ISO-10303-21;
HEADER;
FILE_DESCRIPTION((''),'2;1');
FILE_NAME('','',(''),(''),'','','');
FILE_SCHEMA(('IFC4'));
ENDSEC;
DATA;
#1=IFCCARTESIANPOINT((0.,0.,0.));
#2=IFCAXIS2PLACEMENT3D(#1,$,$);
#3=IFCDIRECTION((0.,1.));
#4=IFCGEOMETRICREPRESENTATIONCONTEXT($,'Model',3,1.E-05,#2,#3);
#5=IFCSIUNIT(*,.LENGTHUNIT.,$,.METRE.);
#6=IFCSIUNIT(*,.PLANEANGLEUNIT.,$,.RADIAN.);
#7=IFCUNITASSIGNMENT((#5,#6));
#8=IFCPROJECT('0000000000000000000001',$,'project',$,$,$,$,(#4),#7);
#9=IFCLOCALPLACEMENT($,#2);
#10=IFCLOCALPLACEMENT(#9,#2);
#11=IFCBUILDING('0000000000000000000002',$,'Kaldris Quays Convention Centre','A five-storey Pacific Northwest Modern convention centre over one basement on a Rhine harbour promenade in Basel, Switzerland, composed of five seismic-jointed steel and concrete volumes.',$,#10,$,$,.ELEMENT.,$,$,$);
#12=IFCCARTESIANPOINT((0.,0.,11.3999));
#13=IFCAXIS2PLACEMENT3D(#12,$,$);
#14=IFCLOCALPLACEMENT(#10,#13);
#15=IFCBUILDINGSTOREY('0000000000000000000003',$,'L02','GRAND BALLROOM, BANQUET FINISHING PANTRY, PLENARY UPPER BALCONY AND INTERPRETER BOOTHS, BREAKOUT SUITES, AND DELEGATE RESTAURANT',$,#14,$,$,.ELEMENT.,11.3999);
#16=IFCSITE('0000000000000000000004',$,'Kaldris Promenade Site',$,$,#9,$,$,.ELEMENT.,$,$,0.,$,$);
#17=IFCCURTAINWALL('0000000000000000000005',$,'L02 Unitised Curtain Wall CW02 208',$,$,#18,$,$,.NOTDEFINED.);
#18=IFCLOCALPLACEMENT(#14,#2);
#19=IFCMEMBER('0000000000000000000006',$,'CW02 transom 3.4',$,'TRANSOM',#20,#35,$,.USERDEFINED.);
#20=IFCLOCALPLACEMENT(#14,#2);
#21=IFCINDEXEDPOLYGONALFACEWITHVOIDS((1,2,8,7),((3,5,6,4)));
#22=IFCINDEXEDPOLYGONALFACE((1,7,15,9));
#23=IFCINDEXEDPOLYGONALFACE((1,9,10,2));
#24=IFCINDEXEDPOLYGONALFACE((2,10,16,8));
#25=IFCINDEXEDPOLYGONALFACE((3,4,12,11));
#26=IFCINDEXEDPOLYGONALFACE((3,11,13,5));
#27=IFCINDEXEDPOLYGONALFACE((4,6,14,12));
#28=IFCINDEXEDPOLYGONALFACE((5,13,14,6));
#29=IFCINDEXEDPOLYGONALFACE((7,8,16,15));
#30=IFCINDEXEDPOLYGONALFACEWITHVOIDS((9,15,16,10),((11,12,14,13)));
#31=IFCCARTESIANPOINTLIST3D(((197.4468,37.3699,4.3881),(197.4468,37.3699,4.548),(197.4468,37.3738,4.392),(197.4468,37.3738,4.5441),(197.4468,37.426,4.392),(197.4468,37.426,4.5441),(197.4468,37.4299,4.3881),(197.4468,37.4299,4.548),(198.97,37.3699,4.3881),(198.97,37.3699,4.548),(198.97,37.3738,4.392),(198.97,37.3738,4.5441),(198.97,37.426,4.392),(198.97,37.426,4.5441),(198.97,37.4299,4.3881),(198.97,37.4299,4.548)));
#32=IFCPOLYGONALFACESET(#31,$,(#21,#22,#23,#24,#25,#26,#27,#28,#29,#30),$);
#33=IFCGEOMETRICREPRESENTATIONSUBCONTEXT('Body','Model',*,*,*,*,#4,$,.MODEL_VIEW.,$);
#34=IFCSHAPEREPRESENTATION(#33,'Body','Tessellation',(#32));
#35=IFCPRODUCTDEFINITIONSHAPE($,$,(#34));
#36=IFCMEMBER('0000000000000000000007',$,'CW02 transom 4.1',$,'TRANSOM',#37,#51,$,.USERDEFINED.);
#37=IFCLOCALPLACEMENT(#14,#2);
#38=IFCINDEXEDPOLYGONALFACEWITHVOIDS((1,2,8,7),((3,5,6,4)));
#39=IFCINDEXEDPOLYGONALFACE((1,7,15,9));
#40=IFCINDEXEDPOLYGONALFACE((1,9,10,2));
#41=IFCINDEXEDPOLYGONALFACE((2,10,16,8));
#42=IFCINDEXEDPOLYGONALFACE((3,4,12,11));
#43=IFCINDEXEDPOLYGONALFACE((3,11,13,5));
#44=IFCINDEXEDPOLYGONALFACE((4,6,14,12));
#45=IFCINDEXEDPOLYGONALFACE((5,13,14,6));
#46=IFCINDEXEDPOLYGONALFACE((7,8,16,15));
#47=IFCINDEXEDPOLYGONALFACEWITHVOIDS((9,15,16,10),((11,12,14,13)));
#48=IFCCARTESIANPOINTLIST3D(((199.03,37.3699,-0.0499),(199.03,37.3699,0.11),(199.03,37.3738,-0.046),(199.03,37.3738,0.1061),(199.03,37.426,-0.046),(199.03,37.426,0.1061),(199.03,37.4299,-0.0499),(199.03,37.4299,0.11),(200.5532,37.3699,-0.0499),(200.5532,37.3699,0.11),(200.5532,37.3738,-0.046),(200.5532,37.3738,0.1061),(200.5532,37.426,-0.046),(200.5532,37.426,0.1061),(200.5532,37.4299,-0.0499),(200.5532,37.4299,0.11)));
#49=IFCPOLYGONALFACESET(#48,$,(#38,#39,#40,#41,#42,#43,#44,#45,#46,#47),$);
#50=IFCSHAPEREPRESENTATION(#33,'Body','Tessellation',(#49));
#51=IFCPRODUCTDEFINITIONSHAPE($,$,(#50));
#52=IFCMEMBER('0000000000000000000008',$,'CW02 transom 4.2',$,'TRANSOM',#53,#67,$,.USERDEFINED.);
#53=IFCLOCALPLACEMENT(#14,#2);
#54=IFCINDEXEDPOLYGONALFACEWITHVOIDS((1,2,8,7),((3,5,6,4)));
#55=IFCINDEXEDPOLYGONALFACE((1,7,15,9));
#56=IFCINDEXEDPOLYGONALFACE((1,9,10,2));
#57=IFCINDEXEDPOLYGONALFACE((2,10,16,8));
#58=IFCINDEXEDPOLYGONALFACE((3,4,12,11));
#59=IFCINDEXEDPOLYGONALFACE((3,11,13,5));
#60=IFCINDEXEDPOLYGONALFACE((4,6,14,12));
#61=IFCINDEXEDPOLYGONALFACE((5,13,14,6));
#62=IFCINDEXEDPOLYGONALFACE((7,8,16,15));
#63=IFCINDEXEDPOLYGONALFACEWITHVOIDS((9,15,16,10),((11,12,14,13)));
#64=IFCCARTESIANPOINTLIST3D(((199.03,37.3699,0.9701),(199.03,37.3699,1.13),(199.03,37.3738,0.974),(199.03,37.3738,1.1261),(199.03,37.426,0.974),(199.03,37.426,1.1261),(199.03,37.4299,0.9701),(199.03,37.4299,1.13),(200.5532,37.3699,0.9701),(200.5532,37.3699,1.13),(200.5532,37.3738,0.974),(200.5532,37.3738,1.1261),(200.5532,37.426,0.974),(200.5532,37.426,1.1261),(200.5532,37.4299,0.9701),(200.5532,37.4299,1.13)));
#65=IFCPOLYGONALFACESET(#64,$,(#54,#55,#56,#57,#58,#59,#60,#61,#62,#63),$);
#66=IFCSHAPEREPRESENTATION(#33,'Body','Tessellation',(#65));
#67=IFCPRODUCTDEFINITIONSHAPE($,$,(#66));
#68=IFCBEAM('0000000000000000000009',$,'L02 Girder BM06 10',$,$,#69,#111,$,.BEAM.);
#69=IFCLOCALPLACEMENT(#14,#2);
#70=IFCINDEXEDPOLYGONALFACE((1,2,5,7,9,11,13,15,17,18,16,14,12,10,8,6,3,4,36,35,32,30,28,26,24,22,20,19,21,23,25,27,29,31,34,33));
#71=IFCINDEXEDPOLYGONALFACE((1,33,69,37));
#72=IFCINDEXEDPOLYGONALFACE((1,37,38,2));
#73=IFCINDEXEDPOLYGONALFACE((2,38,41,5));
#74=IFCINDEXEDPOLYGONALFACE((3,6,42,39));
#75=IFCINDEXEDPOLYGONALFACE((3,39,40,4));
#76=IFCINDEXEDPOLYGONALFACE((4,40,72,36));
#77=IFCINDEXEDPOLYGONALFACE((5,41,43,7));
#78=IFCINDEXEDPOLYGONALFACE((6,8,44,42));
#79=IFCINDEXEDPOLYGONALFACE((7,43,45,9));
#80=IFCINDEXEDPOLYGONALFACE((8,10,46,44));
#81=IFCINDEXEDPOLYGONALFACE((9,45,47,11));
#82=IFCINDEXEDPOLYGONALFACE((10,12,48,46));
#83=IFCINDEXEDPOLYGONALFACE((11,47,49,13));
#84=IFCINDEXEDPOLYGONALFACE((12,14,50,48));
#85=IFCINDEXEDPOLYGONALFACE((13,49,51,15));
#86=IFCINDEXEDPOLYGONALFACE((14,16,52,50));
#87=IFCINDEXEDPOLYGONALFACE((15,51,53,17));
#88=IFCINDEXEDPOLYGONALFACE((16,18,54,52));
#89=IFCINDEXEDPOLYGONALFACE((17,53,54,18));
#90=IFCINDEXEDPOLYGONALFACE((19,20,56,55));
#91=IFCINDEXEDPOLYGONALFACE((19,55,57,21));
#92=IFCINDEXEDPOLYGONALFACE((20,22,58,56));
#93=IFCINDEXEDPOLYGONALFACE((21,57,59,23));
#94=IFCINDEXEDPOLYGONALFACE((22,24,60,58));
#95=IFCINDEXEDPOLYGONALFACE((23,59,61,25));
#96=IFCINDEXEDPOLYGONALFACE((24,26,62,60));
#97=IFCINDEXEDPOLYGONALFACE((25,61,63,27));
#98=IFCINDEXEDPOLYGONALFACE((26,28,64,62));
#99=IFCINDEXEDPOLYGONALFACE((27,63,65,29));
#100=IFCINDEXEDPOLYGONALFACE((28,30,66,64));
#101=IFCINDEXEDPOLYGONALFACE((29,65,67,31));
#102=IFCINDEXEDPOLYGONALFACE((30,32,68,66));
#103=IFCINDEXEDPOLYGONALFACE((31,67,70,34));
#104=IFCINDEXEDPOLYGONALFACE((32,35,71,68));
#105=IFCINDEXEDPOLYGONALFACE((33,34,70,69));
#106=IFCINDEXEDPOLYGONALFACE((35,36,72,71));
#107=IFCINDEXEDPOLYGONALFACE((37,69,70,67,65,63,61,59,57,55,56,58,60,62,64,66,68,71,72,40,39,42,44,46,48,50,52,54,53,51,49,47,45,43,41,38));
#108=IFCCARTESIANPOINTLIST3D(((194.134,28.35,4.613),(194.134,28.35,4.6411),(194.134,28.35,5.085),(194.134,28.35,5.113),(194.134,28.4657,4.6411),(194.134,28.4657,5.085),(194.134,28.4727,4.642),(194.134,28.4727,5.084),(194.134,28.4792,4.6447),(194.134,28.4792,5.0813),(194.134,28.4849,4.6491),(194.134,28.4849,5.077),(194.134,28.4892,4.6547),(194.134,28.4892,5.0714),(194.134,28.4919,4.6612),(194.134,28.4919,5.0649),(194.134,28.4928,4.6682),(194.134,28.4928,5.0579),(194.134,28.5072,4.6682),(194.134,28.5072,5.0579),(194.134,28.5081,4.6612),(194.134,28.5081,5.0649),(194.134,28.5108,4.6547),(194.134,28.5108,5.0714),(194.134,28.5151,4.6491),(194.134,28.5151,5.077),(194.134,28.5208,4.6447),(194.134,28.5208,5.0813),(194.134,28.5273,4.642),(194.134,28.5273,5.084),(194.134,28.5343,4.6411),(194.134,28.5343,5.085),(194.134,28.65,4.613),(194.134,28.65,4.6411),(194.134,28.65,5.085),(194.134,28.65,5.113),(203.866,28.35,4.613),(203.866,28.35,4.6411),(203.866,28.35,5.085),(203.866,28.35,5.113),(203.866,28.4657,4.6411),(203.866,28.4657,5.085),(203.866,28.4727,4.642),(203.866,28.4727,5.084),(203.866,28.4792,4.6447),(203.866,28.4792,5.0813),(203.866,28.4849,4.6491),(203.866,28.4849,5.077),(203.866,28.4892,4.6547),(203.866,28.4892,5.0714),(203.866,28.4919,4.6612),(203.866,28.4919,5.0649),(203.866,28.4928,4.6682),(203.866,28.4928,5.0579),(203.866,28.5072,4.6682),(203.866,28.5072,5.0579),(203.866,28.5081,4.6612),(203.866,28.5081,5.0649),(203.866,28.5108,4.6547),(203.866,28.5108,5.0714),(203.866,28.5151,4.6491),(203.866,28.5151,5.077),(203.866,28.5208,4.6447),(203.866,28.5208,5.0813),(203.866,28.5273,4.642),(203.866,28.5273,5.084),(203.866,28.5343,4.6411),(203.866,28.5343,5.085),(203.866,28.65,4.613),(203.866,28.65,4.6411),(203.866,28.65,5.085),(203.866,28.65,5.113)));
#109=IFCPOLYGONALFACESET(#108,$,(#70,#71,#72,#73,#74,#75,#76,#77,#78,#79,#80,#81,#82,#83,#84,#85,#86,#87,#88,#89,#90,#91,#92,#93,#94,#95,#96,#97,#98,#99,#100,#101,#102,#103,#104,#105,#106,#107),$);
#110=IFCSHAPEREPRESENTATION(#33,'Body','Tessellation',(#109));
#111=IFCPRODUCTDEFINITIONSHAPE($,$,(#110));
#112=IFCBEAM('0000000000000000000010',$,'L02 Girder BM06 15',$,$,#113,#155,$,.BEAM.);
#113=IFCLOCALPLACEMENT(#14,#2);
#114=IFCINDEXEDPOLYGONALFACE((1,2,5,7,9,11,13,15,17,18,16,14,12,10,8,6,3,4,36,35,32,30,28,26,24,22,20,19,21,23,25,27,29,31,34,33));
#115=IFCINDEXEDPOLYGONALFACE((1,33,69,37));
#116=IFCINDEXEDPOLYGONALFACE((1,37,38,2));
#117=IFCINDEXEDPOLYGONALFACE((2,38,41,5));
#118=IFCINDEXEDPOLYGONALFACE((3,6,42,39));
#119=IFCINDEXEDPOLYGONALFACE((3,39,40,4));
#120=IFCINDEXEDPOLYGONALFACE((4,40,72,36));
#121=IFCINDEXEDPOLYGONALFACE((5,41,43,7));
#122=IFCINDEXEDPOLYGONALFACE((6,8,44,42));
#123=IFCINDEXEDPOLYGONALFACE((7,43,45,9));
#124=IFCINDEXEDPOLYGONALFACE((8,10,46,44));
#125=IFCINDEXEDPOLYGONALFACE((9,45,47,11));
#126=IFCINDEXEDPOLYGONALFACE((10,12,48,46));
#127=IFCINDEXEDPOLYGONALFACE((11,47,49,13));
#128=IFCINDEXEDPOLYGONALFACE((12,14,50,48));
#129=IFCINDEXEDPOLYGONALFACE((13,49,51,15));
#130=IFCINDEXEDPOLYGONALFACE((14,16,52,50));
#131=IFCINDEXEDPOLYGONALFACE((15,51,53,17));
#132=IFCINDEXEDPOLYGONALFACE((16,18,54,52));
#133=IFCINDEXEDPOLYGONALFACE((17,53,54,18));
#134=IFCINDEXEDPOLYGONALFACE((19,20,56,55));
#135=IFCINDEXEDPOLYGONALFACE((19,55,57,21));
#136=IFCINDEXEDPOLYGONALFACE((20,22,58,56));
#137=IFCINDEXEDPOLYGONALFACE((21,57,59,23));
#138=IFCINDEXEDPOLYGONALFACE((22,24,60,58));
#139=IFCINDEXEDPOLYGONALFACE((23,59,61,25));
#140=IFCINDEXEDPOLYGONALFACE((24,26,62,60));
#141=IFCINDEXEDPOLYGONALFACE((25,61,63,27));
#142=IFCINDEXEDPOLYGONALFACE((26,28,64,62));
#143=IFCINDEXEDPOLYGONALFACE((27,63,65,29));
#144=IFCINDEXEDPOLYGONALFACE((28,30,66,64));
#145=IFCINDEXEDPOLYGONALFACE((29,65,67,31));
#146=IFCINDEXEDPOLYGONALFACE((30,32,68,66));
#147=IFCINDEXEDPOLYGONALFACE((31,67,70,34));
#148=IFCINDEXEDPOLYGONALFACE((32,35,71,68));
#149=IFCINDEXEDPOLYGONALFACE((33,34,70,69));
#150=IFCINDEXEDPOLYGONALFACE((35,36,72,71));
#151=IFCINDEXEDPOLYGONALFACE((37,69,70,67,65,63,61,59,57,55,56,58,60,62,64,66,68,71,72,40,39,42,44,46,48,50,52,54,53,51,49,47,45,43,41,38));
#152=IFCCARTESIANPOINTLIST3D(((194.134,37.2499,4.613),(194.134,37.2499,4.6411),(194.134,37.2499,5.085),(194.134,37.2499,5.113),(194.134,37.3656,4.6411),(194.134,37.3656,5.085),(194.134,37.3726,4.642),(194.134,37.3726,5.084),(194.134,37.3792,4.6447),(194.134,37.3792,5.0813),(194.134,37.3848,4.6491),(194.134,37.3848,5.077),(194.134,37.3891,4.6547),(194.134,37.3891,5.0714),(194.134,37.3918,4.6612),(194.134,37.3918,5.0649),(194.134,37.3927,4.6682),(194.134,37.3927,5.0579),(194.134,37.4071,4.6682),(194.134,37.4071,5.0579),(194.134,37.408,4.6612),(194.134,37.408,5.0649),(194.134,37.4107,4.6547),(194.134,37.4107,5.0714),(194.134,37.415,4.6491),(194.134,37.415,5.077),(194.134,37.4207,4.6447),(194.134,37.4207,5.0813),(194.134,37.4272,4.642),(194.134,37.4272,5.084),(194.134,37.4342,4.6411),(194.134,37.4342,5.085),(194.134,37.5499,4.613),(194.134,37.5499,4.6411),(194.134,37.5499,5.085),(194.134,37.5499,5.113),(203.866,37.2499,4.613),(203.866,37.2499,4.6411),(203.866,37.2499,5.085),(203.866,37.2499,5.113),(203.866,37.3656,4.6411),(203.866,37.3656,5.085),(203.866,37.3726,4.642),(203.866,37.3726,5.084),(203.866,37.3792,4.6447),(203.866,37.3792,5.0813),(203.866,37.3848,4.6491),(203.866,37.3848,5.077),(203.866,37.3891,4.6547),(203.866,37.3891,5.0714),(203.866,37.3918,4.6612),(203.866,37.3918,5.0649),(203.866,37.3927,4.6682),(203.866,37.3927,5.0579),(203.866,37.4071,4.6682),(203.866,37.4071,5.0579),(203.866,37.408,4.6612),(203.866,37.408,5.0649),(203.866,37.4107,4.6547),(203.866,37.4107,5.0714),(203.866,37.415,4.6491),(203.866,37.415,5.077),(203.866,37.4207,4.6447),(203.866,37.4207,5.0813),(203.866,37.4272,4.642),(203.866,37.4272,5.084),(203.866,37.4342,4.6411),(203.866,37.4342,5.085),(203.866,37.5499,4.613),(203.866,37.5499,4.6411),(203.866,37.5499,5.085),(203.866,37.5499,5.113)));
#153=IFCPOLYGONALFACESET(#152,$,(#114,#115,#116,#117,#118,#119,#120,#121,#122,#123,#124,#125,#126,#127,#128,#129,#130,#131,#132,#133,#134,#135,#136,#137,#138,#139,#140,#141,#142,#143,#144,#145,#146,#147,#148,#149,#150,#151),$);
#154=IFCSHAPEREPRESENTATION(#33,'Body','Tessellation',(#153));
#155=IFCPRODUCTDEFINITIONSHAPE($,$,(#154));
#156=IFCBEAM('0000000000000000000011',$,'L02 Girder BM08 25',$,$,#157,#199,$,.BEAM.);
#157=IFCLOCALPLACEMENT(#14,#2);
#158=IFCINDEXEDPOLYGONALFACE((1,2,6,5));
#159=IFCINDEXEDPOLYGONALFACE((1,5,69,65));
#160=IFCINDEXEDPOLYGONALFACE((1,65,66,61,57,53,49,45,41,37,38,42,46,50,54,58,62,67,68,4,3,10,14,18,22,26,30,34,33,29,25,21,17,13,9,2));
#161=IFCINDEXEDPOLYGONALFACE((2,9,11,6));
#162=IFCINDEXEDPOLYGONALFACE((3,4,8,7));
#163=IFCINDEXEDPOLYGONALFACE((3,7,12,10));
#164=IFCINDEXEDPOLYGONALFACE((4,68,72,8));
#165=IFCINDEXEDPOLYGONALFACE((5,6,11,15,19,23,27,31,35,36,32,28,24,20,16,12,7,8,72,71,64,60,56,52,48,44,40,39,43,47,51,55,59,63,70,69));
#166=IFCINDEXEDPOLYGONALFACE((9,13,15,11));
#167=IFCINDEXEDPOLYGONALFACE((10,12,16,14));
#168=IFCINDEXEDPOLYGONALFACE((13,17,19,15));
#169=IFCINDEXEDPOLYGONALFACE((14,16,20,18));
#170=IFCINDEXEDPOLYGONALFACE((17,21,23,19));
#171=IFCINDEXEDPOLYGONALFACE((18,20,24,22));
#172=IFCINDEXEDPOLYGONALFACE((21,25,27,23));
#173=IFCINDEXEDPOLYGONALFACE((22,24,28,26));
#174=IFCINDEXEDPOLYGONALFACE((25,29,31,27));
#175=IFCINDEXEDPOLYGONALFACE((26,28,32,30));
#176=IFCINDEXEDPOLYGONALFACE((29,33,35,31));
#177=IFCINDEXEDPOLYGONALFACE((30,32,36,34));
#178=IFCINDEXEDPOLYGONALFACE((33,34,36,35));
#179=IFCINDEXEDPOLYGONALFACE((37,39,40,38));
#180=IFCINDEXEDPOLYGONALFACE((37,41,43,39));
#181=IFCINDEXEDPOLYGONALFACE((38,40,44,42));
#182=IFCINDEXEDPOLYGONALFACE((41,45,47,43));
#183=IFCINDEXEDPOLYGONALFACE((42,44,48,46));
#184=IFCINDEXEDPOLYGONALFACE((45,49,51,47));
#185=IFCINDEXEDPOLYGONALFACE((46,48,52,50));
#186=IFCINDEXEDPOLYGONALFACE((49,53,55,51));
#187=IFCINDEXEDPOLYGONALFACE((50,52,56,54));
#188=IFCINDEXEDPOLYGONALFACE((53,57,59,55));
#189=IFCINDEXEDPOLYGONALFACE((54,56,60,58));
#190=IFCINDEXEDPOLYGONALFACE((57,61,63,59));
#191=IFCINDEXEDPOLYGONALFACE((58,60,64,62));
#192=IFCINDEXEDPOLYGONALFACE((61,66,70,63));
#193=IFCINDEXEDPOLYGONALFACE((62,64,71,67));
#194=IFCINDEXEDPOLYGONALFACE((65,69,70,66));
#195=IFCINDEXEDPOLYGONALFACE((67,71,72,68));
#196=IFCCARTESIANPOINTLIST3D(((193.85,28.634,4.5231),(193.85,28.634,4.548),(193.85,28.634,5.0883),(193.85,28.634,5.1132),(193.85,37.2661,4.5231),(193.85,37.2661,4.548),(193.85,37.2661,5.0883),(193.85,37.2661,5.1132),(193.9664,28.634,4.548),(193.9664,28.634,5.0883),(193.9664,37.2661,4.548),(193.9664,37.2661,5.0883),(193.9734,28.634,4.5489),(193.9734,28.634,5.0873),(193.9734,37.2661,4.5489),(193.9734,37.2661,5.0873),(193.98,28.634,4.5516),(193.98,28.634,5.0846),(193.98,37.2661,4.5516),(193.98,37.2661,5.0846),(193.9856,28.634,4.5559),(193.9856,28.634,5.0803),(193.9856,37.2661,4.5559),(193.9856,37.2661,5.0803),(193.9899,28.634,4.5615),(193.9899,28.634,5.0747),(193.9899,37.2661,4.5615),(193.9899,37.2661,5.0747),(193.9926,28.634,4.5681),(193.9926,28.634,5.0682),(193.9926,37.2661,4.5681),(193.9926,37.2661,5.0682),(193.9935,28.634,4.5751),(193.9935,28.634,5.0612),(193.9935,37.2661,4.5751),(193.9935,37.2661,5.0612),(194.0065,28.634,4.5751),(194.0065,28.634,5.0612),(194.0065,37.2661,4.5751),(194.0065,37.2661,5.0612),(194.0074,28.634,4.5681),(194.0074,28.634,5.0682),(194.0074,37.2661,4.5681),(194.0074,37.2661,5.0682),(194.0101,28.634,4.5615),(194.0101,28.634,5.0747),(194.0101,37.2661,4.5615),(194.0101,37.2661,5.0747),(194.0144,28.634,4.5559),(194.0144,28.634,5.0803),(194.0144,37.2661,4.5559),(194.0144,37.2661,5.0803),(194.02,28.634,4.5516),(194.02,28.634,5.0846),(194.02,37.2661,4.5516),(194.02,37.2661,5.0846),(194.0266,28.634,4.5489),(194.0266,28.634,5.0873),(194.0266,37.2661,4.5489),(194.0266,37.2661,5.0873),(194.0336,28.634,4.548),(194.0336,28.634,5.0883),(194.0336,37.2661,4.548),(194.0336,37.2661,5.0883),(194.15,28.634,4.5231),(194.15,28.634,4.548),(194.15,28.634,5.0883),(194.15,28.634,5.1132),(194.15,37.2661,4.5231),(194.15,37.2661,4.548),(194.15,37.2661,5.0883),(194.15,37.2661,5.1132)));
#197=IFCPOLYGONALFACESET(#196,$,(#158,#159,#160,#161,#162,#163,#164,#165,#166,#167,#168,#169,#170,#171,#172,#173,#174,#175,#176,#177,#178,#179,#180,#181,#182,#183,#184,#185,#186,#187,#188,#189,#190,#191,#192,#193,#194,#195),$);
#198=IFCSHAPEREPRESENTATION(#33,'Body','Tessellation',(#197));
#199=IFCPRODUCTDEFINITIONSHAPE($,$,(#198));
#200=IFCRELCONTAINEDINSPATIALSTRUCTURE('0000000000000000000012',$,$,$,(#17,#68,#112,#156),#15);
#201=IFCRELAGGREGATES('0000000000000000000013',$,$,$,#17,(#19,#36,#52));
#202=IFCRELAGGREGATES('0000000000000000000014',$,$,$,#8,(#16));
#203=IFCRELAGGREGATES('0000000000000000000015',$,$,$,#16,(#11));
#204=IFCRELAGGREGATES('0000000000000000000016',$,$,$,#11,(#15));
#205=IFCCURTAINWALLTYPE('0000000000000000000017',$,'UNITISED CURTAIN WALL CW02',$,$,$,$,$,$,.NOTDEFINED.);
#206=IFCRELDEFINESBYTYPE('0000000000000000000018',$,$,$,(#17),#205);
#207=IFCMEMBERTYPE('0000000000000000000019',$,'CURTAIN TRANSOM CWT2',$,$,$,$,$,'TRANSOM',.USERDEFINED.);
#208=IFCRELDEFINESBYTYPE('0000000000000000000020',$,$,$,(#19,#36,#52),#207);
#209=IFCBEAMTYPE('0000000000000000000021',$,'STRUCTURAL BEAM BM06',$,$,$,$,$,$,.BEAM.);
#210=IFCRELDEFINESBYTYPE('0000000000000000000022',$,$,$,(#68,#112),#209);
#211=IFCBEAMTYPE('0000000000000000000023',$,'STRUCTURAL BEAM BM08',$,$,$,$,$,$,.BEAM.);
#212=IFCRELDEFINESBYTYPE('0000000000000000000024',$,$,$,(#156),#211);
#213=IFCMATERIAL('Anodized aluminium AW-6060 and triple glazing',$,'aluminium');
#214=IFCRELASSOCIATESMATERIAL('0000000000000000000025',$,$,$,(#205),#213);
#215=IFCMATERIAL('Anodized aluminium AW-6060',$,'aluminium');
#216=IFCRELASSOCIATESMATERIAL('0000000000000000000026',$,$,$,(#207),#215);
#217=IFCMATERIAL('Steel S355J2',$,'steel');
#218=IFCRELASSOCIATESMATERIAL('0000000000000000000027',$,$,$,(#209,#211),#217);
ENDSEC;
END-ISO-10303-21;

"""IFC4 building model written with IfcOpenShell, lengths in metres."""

from ifc_helpers import new_model, si_unit, direction, frame, origin, origin_2d, place, context, subcontext, project, spatial, hollow_rectangle, i_section, extrude, material, material_profile, profile_set, type_object, element, aggregate, save


model = new_model("IFC4")

# Units and contexts
model_context = context("Model", 3, precision=1e-05, world=origin(), true_north=direction((0.0, 1.0)))
body_context = subcontext(model_context, "Body", "Model", "MODEL_VIEW")
ifc_project = project(units=[si_unit("LENGTHUNIT", "METRE"), si_unit("PLANEANGLEUNIT", "RADIAN")], contexts=[model_context])

# Site, building, storey
site_placement = place(None, origin())
site = spatial("IfcSite", under=ifc_project, at=site_placement, Name="Kaldris Promenade Site", CompositionType="ELEMENT", RefElevation=0.0)
building_placement = place(site_placement, origin())
building = spatial("IfcBuilding", under=site, at=building_placement, Name="Kaldris Quays Convention Centre", Description="A five-storey Pacific Northwest Modern convention centre over one basement on a Rhine harbour promenade in Basel, Switzerland, composed of five seismic-jointed steel and concrete volumes.", CompositionType="ELEMENT")
storey_placement = place(building_placement, frame((0.0, 0.0, 11.3999)))
storey = spatial("IfcBuildingStorey", under=building, at=storey_placement, Name="L02", Description="GRAND BALLROOM, BANQUET FINISHING PANTRY, PLENARY UPPER BALCONY AND INTERPRETER BOOTHS, BREAKOUT SUITES, AND DELEGATE RESTAURANT", CompositionType="ELEMENT", Elevation=11.3999)

# Shared definitions
ifc_material_1 = material(Name="Steel S355J2", Category="steel")

# Shared definitions
ifc_material_2 = material(Name="Anodized aluminium AW-6060 and triple glazing", Category="aluminium")
curtain_wall_type = type_object("IfcCurtainWallType", Name="UNITISED CURTAIN WALL CW02", PredefinedType="NOTDEFINED", material=ifc_material_2)
ifc_material_3 = material(Name="Anodized aluminium AW-6060", Category="aluminium")

# Curtain wall, members
curtain_wall_1_placement = place(storey_placement, origin())
curtain_wall_1 = element("IfcCurtainWall", 1, at=curtain_wall_1_placement, inside=storey, type_object=curtain_wall_type, Name="L02 Unitised Curtain Wall CW02 208", PredefinedType="NOTDEFINED")
ifc_material_profile_1 = material_profile(ifc_material_3, hollow_rectangle(XDim=0.0601, YDim=0.1599, WallThickness=0.0039, at=origin_2d()), Name="RHS 160x60x4")
ifc_profile_set_1 = profile_set([ifc_material_profile_1], Name="Anodized aluminium AW-6060")
member_type_1 = type_object("IfcMemberType", Name="CURTAIN TRANSOM CWT2", ElementType="TRANSOM", PredefinedType="USERDEFINED", material=ifc_profile_set_1)
member_1_placement = place(storey_placement, frame((197.4468, 37.3999, 4.468), z_axis=(1.0, 0.0, 0.0), x_axis=(0.0, 1.0, 0.0)))
member_1 = element("IfcMember", 2, at=member_1_placement, type_object=member_type_1, Name="CW02 transom 3.4", ObjectType="TRANSOM", PredefinedType="USERDEFINED", context=body_context, shape_type="SweptSolid", body=[
    extrude(hollow_rectangle(XDim=0.0601, YDim=0.1599, WallThickness=0.0039, at=origin_2d()), origin(), (0.0, 0.0, 1.0), 1.5232),
])
member_2_placement = place(storey_placement, frame((199.03, 37.3999, 0.03), z_axis=(1.0, 0.0, 0.0), x_axis=(0.0, 1.0, 0.0)))
member_2 = element("IfcMember", 3, at=member_2_placement, type_object=member_type_1, Name="CW02 transom 4.1", ObjectType="TRANSOM", PredefinedType="USERDEFINED", context=body_context, shape_type="SweptSolid", body=[
    extrude(hollow_rectangle(XDim=0.0601, YDim=0.1599, WallThickness=0.0039, at=origin_2d()), origin(), (0.0, 0.0, 1.0), 1.5232),
])
member_3_placement = place(storey_placement, frame((199.03, 37.3999, 1.05), z_axis=(1.0, 0.0, 0.0), x_axis=(0.0, 1.0, 0.0)))
member_3 = element("IfcMember", 4, at=member_3_placement, type_object=member_type_1, Name="CW02 transom 4.2", ObjectType="TRANSOM", PredefinedType="USERDEFINED", context=body_context, shape_type="SweptSolid", body=[
    extrude(hollow_rectangle(XDim=0.0601, YDim=0.1599, WallThickness=0.0039, at=origin_2d()), origin(), (0.0, 0.0, 1.0), 1.5232),
])

# Beams
ifc_material_profile_2 = material_profile(ifc_material_1, i_section(OverallWidth=0.3, OverallDepth=0.5, WebThickness=0.0144, FlangeThickness=0.0281, FilletRadius=0.0271, at=origin_2d()), Name="HEB 500")
ifc_profile_set_2 = profile_set([ifc_material_profile_2], Name="Steel S355J2")
beam_type_1 = type_object("IfcBeamType", Name="STRUCTURAL BEAM BM06", PredefinedType="BEAM", material=ifc_profile_set_2)
for number, where, z_axis, x_axis, name in (
    (5, (194.134, 28.5, 4.863), (1.0, 0.0, 0.0), (0.0, 1.0, 0.0), "L02 Girder BM06 10"),
    (6, (194.134, 37.3999, 4.863), (1.0, 0.0, 0.0), (0.0, 1.0, 0.0), "L02 Girder BM06 15"),
):
    element("IfcBeam", number, at=place(storey_placement, frame(where, z_axis=z_axis, x_axis=x_axis)), inside=storey, type_object=beam_type_1, Name=name, PredefinedType="BEAM", context=body_context, shape_type="SweptSolid", body=[
        extrude(i_section(OverallWidth=0.3, OverallDepth=0.5, WebThickness=0.0144, FlangeThickness=0.0281, FilletRadius=0.0271, at=origin_2d()), origin(), (0.0, 0.0, 1.0), 9.7319),
    ])
ifc_material_profile_3 = material_profile(ifc_material_1, i_section(OverallWidth=0.3, OverallDepth=0.5901, WebThickness=0.0129, FlangeThickness=0.0249, FilletRadius=0.0271, at=origin_2d()), Name="HEA 600")
ifc_profile_set_3 = profile_set([ifc_material_profile_3], Name="Steel S355J2")
beam_type_2 = type_object("IfcBeamType", Name="STRUCTURAL BEAM BM08", PredefinedType="BEAM", material=ifc_profile_set_3)
beam_1_placement = place(storey_placement, frame((194.0, 28.634, 4.8181), z_axis=(0.0, 1.0, 0.0), x_axis=(-1.0, 0.0, 0.0)))
element("IfcBeam", 7, at=beam_1_placement, inside=storey, type_object=beam_type_2, Name="L02 Girder BM08 25", PredefinedType="BEAM", context=body_context, shape_type="SweptSolid", body=[
    extrude(i_section(OverallWidth=0.3, OverallDepth=0.5901, WebThickness=0.0129, FlangeThickness=0.0249, FilletRadius=0.0271, at=origin_2d()), origin(), (0.0, 0.0, 1.0), 8.6321),
])

aggregate(curtain_wall_1, [member_1, member_2, member_3])

save(model, "model.ifc")
